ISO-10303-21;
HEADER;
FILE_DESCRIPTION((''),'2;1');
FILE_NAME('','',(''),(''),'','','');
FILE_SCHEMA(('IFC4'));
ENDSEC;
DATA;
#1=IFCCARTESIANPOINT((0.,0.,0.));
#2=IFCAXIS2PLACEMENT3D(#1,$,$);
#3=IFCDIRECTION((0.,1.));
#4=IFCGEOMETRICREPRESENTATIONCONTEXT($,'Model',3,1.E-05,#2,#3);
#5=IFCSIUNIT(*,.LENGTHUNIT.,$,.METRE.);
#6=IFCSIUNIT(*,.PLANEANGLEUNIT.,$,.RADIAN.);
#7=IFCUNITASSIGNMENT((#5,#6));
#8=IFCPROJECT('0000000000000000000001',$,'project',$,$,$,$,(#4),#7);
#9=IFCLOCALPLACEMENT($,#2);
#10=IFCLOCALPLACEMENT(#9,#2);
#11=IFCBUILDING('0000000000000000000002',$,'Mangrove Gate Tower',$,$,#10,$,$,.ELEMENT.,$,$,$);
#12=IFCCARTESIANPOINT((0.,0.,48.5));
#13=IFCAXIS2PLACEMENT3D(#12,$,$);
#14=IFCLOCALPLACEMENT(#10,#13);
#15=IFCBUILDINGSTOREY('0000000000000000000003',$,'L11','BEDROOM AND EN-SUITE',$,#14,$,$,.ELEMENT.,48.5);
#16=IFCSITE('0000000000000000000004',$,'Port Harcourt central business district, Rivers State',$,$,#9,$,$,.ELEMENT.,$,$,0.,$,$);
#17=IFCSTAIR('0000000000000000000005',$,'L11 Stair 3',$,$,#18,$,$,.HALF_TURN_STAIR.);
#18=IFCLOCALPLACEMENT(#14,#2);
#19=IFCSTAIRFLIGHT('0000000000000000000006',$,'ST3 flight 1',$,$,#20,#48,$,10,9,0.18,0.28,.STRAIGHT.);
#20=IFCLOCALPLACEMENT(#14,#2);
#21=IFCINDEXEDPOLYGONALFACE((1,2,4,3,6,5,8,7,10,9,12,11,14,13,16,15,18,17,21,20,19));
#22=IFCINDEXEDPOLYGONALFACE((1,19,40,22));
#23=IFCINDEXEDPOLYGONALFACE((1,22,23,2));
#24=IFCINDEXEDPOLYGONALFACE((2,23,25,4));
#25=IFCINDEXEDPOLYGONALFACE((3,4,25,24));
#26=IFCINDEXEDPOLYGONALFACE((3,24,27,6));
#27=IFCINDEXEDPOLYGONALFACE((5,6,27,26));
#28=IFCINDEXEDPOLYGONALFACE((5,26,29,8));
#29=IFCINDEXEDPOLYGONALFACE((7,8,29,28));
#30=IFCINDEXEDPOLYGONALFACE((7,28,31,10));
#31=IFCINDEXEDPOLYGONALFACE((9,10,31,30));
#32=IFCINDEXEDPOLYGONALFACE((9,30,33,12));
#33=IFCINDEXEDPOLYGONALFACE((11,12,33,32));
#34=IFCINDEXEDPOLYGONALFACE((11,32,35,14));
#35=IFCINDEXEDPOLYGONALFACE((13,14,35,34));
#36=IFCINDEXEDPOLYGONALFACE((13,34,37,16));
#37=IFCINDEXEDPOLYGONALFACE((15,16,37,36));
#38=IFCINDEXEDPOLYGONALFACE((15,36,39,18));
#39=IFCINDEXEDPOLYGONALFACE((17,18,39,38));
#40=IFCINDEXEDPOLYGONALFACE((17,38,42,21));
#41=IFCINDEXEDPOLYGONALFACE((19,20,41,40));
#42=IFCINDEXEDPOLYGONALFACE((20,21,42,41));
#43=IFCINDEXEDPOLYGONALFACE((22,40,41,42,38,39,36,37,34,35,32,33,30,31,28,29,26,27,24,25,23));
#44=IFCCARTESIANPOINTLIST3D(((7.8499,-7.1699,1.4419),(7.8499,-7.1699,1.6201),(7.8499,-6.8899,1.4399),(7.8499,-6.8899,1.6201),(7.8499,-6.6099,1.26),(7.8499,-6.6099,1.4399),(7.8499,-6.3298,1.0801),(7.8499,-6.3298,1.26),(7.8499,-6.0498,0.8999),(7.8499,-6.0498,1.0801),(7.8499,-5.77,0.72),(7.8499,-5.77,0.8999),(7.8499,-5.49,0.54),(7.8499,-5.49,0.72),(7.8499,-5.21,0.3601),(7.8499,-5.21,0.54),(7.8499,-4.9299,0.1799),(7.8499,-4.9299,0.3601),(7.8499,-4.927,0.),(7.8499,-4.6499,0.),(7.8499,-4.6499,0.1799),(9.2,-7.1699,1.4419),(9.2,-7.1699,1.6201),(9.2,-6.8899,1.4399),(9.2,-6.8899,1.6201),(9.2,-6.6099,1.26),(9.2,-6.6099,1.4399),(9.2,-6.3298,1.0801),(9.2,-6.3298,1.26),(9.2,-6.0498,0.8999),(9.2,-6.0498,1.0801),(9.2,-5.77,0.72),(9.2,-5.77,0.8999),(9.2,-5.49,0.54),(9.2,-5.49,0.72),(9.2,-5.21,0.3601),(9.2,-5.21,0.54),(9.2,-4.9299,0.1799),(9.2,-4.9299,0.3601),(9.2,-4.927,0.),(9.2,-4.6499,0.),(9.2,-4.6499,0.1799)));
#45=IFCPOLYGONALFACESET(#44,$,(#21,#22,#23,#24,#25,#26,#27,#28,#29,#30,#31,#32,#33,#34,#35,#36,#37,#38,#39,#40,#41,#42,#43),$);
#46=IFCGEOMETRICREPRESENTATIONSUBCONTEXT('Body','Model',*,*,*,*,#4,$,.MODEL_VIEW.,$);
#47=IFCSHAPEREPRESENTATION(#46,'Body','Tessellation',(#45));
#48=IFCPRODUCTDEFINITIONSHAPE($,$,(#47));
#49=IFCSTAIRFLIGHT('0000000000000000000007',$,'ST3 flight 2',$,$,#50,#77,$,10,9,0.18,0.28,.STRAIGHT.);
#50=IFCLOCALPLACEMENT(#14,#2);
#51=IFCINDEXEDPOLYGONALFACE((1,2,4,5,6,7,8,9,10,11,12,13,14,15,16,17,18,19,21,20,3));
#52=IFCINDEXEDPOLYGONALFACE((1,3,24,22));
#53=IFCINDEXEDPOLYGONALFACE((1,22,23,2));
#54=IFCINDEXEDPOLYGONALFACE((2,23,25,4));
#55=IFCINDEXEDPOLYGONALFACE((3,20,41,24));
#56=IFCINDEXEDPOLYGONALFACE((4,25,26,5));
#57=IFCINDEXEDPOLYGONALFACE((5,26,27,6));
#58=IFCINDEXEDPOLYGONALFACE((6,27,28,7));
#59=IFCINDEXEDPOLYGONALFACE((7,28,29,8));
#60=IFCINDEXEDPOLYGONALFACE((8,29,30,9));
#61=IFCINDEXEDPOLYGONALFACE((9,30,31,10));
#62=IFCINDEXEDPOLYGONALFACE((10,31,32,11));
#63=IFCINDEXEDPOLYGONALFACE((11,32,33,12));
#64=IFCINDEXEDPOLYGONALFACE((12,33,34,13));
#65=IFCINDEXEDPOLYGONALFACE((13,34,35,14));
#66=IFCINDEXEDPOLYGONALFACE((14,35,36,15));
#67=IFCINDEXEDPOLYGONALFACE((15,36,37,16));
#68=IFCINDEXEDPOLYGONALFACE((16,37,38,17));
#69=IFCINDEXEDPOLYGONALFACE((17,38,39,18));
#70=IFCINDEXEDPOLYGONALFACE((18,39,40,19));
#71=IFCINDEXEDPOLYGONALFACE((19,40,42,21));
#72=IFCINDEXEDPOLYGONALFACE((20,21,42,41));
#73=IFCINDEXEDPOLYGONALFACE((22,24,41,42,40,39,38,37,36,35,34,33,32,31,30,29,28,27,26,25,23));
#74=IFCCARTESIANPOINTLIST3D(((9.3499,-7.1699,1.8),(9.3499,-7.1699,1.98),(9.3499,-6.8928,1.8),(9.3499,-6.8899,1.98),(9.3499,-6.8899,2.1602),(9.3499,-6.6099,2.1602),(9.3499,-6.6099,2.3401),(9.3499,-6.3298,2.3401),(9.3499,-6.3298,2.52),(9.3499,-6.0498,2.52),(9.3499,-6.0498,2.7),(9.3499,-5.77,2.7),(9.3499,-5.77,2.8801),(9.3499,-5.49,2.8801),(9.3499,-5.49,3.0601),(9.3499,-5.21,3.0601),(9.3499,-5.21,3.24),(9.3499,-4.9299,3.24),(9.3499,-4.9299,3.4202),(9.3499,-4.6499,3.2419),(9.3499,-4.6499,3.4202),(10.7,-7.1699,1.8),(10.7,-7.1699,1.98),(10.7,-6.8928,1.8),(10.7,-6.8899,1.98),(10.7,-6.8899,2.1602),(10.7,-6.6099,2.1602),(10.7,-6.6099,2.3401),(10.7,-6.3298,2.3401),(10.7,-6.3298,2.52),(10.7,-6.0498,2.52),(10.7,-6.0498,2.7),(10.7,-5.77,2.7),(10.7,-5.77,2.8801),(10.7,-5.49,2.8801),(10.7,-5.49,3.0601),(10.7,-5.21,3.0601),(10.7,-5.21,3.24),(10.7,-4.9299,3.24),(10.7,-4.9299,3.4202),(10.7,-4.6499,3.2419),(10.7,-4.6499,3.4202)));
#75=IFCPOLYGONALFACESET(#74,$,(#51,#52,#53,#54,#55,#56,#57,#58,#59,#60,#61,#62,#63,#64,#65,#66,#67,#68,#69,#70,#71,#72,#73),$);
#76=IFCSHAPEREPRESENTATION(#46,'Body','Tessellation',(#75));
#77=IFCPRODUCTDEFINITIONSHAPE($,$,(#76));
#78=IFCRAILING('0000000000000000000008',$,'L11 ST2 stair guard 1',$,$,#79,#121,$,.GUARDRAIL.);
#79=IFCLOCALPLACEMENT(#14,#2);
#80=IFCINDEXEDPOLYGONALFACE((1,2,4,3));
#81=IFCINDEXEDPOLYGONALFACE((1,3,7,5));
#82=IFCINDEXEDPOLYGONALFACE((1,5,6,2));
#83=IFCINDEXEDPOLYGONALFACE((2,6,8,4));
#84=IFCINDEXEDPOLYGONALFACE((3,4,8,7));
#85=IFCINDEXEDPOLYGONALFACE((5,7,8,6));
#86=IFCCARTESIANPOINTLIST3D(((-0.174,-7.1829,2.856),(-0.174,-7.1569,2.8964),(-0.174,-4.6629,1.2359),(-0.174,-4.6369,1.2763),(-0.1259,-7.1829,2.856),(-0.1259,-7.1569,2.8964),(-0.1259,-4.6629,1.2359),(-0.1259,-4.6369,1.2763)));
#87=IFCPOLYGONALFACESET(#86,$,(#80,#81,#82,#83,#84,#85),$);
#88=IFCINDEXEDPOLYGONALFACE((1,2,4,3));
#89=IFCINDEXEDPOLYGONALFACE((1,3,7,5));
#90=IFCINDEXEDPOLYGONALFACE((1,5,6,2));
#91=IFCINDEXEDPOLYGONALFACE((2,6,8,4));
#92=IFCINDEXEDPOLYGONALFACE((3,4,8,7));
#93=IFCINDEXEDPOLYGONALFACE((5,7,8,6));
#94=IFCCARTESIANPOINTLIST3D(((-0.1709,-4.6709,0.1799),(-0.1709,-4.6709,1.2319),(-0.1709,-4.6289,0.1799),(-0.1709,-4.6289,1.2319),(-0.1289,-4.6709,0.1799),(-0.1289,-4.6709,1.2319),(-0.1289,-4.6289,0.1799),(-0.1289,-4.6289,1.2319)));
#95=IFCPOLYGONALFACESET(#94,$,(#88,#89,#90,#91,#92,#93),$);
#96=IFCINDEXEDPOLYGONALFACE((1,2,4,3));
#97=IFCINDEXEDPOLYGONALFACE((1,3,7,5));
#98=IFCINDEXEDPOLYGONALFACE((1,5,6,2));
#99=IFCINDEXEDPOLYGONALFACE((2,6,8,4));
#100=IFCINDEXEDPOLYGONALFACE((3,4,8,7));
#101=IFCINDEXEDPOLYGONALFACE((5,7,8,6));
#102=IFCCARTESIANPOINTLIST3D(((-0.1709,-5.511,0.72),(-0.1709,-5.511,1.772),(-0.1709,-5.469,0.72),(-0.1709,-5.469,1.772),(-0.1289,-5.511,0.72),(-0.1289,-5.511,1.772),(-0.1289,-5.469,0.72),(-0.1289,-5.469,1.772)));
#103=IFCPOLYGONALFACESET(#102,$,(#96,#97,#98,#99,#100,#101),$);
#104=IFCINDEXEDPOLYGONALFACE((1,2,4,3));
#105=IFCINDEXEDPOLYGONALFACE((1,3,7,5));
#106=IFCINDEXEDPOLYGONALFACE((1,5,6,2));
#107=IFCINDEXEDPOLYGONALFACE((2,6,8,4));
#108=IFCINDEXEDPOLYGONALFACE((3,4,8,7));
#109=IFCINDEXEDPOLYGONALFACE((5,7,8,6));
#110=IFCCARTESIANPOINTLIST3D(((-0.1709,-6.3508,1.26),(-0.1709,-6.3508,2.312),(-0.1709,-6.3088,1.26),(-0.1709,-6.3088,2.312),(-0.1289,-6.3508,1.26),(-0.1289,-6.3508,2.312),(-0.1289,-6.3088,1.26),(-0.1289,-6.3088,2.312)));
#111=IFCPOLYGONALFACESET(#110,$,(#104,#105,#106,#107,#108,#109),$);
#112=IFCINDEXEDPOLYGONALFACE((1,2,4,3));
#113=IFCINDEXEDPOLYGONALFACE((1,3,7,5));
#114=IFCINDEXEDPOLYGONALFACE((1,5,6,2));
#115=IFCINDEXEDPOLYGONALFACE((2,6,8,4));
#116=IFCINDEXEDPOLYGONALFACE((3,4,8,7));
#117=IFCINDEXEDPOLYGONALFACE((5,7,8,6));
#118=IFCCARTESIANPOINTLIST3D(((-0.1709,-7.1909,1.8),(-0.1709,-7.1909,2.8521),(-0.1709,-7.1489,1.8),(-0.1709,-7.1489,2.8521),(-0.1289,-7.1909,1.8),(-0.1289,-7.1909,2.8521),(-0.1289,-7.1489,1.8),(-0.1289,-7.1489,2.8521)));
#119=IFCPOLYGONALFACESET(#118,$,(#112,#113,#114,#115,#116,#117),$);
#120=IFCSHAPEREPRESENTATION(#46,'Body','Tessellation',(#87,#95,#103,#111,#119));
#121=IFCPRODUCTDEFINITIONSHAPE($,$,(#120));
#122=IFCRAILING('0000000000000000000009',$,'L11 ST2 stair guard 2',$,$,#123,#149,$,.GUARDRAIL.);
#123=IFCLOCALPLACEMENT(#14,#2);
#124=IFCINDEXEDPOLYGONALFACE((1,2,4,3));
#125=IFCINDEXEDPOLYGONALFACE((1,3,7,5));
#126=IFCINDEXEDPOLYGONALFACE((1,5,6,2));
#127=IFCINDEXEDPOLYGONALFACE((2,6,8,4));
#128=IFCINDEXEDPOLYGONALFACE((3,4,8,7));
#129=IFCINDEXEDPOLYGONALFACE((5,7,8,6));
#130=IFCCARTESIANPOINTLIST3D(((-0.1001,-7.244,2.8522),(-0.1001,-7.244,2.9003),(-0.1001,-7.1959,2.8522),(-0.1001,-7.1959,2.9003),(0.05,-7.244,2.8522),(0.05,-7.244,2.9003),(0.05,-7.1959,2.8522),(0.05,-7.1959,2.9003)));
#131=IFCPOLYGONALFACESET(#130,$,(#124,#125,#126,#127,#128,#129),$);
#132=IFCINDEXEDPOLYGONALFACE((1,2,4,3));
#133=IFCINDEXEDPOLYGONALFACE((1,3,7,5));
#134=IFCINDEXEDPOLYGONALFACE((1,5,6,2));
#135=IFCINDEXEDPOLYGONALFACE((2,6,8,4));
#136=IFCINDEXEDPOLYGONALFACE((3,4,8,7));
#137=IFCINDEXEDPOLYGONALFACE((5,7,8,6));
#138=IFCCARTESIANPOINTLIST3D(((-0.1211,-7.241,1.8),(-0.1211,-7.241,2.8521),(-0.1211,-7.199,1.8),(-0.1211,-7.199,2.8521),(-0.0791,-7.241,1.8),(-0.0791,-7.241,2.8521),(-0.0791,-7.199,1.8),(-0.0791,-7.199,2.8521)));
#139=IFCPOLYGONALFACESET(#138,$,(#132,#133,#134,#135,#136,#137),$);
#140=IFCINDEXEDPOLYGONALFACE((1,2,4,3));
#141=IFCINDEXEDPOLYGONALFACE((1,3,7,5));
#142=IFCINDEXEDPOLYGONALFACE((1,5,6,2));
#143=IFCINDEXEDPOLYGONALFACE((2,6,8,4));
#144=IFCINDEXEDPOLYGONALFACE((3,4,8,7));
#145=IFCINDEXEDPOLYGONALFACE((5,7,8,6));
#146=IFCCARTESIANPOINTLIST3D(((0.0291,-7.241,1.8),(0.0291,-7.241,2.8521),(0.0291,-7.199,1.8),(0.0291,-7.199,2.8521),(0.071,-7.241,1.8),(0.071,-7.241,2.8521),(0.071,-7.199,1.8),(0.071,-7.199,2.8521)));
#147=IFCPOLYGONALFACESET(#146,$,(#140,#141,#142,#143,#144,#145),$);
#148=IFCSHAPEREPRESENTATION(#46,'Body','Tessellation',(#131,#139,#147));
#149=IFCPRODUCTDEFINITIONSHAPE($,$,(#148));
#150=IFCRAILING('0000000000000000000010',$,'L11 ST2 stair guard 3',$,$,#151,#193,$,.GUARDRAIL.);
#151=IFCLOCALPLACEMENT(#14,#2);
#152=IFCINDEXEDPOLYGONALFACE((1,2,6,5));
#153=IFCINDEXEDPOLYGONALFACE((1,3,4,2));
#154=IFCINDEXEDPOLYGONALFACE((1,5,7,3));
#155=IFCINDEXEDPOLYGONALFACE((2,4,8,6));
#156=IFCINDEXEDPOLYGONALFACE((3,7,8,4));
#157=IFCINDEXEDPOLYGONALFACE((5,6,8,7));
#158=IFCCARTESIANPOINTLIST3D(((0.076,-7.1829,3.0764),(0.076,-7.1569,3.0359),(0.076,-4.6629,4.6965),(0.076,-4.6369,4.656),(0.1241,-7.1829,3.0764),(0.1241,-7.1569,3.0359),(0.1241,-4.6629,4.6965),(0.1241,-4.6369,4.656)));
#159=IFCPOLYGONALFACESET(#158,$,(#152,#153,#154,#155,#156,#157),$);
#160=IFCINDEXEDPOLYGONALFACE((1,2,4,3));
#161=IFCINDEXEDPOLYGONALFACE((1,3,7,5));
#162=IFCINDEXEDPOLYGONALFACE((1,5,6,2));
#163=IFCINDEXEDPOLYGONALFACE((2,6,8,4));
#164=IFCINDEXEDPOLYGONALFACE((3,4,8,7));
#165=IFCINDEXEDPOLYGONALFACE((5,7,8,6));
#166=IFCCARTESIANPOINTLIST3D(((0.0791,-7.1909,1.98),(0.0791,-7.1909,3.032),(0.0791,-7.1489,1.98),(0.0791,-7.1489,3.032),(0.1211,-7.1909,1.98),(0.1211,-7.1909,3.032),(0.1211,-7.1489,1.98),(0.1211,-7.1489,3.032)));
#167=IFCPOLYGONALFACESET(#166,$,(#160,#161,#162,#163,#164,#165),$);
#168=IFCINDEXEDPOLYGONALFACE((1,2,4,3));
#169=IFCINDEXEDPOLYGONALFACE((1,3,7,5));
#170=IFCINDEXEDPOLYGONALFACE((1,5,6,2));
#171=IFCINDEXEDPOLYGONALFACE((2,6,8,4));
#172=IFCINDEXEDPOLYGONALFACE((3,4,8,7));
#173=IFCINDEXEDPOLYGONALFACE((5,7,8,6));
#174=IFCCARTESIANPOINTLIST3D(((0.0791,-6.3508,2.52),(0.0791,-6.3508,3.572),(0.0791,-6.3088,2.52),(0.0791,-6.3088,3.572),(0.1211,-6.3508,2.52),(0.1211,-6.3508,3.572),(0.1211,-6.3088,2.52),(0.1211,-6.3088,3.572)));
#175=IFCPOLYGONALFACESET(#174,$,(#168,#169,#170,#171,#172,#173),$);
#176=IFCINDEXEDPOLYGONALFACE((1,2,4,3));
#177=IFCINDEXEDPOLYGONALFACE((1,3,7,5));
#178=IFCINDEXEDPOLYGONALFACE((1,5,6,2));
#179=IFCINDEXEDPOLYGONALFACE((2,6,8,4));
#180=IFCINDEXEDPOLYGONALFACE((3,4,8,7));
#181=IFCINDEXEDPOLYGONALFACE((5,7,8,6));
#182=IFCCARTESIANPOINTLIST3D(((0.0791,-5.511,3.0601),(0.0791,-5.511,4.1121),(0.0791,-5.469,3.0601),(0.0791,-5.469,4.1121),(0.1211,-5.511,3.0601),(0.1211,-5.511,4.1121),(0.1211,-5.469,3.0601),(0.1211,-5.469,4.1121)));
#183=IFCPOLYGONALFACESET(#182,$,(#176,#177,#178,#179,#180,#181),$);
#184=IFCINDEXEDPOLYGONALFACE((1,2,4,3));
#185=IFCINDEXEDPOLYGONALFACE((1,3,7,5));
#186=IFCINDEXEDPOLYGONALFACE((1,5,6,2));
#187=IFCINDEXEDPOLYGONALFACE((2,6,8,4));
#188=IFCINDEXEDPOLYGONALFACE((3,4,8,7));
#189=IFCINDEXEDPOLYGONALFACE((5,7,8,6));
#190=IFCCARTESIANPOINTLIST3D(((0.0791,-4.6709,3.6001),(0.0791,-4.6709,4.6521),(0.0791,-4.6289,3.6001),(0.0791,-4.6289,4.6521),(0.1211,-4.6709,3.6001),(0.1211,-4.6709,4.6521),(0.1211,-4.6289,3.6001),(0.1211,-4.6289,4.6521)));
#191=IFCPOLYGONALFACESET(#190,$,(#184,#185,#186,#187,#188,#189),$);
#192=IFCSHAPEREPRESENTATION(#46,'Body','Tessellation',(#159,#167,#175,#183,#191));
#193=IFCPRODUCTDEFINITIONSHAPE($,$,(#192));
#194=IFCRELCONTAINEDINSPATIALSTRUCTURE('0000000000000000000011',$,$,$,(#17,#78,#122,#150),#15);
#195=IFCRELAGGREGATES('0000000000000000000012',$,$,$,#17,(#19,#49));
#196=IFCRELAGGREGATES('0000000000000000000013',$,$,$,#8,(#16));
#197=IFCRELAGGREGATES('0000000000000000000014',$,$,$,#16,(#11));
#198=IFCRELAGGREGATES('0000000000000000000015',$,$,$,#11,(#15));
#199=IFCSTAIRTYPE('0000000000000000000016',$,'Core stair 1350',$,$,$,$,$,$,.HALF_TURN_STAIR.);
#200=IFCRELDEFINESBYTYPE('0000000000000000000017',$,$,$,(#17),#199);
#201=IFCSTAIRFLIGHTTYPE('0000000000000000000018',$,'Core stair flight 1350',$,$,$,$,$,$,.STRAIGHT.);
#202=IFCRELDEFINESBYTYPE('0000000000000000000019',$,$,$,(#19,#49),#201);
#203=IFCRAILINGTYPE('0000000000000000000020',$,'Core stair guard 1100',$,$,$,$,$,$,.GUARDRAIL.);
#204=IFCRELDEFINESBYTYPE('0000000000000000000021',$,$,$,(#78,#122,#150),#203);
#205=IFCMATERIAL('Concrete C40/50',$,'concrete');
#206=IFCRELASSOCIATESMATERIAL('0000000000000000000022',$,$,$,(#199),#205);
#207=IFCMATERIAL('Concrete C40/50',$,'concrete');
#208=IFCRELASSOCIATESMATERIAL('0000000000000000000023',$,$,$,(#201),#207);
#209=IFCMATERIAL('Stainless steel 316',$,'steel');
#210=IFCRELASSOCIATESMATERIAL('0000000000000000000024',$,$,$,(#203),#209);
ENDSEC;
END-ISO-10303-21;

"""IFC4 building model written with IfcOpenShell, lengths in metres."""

from ifc_helpers import new_model, si_unit, direction, frame, origin, origin_2d, place, context, subcontext, project, spatial, polyline, rectangle, outline, extrude, material, type_object, element, aggregate, save


model = new_model("IFC4")

# Units and contexts
model_context = context("Model", 3, precision=1e-05, world=origin(), true_north=direction((0.0, 1.0)))
body_context = subcontext(model_context, "Body", "Model", "MODEL_VIEW")
ifc_project = project(units=[si_unit("LENGTHUNIT", "METRE"), si_unit("PLANEANGLEUNIT", "RADIAN")], contexts=[model_context])

# Site, building, storey
site_placement = place(None, origin())
site = spatial("IfcSite", under=ifc_project, at=site_placement, Name="Port Harcourt central business district, Rivers State", CompositionType="ELEMENT", RefElevation=0.0)
building_placement = place(site_placement, origin())
building = spatial("IfcBuilding", under=site, at=building_placement, Name="Mangrove Gate Tower", CompositionType="ELEMENT")
storey_placement = place(building_placement, frame((0.0, 0.0, 48.5)))
storey = spatial("IfcBuildingStorey", under=building, at=storey_placement, Name="L11", Description="BEDROOM AND EN-SUITE", CompositionType="ELEMENT", Elevation=48.5)

# Stair, stair flights
ifc_material_1 = material(Name="Concrete C40/50", Category="concrete")
stair_type = type_object("IfcStairType", Name="Core stair 1350", PredefinedType="HALF_TURN_STAIR", material=ifc_material_1)
ifc_material_2 = material(Name="Concrete C40/50", Category="concrete")
stair_flight_type = type_object("IfcStairFlightType", Name="Core stair flight 1350", PredefinedType="STRAIGHT", material=ifc_material_2)
stair_1_placement = place(storey_placement, origin())
stair_1 = element("IfcStair", 1, at=stair_1_placement, inside=storey, type_object=stair_type, Name="L11 Stair 3", PredefinedType="HALF_TURN_STAIR")
stair_flight_1_placement = place(storey_placement, frame((8.5249, -4.6499, 0.0), z_axis=(0.0, 0.0, 1.0), x_axis=(0.0, -1.0, 0.0)))
stair_flight_1 = element("IfcStairFlight", 2, at=stair_flight_1_placement, type_object=stair_flight_type, Name="ST3 flight 1", NumberOfRisers=10, NumberOfTreads=9, PredefinedType="STRAIGHT", RiserHeight=0.18, TreadLength=0.28, context=body_context, shape_type="SweptSolid", body=[
    extrude(outline(polyline([(0.0, 0.0), (0.0, 0.1799), (0.28, 0.1799), (0.28, 0.3601), (0.5601, 0.3601), (0.5601, 0.54), (0.8401, 0.54), (0.8401, 0.72), (1.1201, 0.72), (1.1201, 0.8999), (1.3999, 0.8999), (1.3999, 1.0801), (1.6799, 1.0801), (1.6799, 1.26), (1.96, 1.26), (1.96, 1.4399), (2.24, 1.4399), (2.24, 1.6201), (2.52, 1.6201), (2.52, 1.8), (2.52, 1.4419), (0.2771, 0.0), (0.0, 0.0)])), frame((0.0, 0.675, 0.0), z_axis=(0.0, -1.0, 0.0), x_axis=(1.0, 0.0, 0.0)), (0.0, 0.0, 1.0), 1.3501),
])
stair_flight_2_placement = place(storey_placement, frame((10.0249, -7.1699, 1.8), z_axis=(0.0, 0.0, 1.0), x_axis=(0.0, 1.0, 0.0)))
stair_flight_2 = element("IfcStairFlight", 3, at=stair_flight_2_placement, type_object=stair_flight_type, Name="ST3 flight 2", NumberOfRisers=10, NumberOfTreads=9, PredefinedType="STRAIGHT", RiserHeight=0.18, TreadLength=0.28, context=body_context, shape_type="SweptSolid", body=[
    extrude(outline(polyline([(0.0, 0.0), (0.0, 0.1799), (0.28, 0.1799), (0.28, 0.3601), (0.5601, 0.3601), (0.5601, 0.54), (0.8401, 0.54), (0.8401, 0.72), (1.1201, 0.72), (1.1201, 0.8999), (1.3999, 0.8999), (1.3999, 1.0801), (1.6799, 1.0801), (1.6799, 1.26), (1.96, 1.26), (1.96, 1.4399), (2.24, 1.4399), (2.24, 1.6201), (2.52, 1.6201), (2.52, 1.8), (2.52, 1.4419), (0.2771, 0.0), (0.0, 0.0)])), frame((0.0, 0.675, 0.0), z_axis=(0.0, -1.0, 0.0), x_axis=(1.0, 0.0, 0.0)), (0.0, 0.0, 1.0), 1.3501),
])
aggregate(stair_1, [stair_flight_1, stair_flight_2])

# Railings
ifc_material_3 = material(Name="Stainless steel 316", Category="steel")
railing_type_1 = type_object("IfcRailingType", Name="Core stair guard 1100", PredefinedType="GUARDRAIL", material=ifc_material_3)
railing_1_placement = place(storey_placement, frame((-0.1499, -4.6499, 0.1799)))
element("IfcRailing", 4, at=railing_1_placement, inside=storey, type_object=railing_type_1, Name="L11 ST2 stair guard 1", PredefinedType="GUARDRAIL", context=body_context, shape_type="SweptSolid", body=[
    extrude(rectangle(XDim=0.0481, YDim=0.0481, at=origin_2d()), frame((0.0, 0.0, 1.0762), z_axis=(0.0, -0.841163, 0.540782), x_axis=(1.0, 0.0, 0.0)), (0.0, 0.0, 1.0), 2.9958),
    extrude(rectangle(XDim=0.042, YDim=0.042, at=origin_2d()), origin(), (0.0, 0.0, 1.0), 1.052),
    extrude(rectangle(XDim=0.042, YDim=0.042, at=origin_2d()), frame((0.0, -0.8401, 0.54)), (0.0, 0.0, 1.0), 1.052),
    extrude(rectangle(XDim=0.042, YDim=0.042, at=origin_2d()), frame((0.0, -1.6799, 1.0801)), (0.0, 0.0, 1.0), 1.052),
    extrude(rectangle(XDim=0.042, YDim=0.042, at=origin_2d()), frame((0.0, -2.52, 1.6201)), (0.0, 0.0, 1.0), 1.052),
])
railing_2_placement = place(storey_placement, frame((-0.1001, -7.22, 1.8)))
element("IfcRailing", 5, at=railing_2_placement, inside=storey, type_object=railing_type_1, Name="L11 ST2 stair guard 2", PredefinedType="GUARDRAIL", context=body_context, shape_type="SweptSolid", body=[
    extrude(rectangle(XDim=0.0481, YDim=0.0481, at=origin_2d()), frame((0.0, 0.0, 1.0762), z_axis=(1.0, 0.0, 0.0), x_axis=(0.0, 1.0, 0.0)), (0.0, 0.0, 1.0), 0.1501),
    extrude(rectangle(XDim=0.042, YDim=0.042, at=origin_2d()), origin(), (0.0, 0.0, 1.0), 1.052),
    extrude(rectangle(XDim=0.042, YDim=0.042, at=origin_2d()), frame((0.1501, 0.0, 0.0)), (0.0, 0.0, 1.0), 1.052),
])
railing_3_placement = place(storey_placement, frame((0.1001, -7.1699, 1.98)))
element("IfcRailing", 6, at=railing_3_placement, inside=storey, type_object=railing_type_1, Name="L11 ST2 stair guard 3", PredefinedType="GUARDRAIL", context=body_context, shape_type="SweptSolid", body=[
    extrude(rectangle(XDim=0.0481, YDim=0.0481, at=origin_2d()), frame((0.0, 0.0, 1.0762), z_axis=(0.0, 0.841163, 0.540782), x_axis=(-1.0, 0.0, 0.0)), (0.0, 0.0, 1.0), 2.9958),
    extrude(rectangle(XDim=0.042, YDim=0.042, at=origin_2d()), origin(), (0.0, 0.0, 1.0), 1.052),
    extrude(rectangle(XDim=0.042, YDim=0.042, at=origin_2d()), frame((0.0, 0.8401, 0.54)), (0.0, 0.0, 1.0), 1.052),
    extrude(rectangle(XDim=0.042, YDim=0.042, at=origin_2d()), frame((0.0, 1.6799, 1.0801)), (0.0, 0.0, 1.0), 1.052),
    extrude(rectangle(XDim=0.042, YDim=0.042, at=origin_2d()), frame((0.0, 2.52, 1.6201)), (0.0, 0.0, 1.0), 1.052),
])

save(model, "model.ifc")
